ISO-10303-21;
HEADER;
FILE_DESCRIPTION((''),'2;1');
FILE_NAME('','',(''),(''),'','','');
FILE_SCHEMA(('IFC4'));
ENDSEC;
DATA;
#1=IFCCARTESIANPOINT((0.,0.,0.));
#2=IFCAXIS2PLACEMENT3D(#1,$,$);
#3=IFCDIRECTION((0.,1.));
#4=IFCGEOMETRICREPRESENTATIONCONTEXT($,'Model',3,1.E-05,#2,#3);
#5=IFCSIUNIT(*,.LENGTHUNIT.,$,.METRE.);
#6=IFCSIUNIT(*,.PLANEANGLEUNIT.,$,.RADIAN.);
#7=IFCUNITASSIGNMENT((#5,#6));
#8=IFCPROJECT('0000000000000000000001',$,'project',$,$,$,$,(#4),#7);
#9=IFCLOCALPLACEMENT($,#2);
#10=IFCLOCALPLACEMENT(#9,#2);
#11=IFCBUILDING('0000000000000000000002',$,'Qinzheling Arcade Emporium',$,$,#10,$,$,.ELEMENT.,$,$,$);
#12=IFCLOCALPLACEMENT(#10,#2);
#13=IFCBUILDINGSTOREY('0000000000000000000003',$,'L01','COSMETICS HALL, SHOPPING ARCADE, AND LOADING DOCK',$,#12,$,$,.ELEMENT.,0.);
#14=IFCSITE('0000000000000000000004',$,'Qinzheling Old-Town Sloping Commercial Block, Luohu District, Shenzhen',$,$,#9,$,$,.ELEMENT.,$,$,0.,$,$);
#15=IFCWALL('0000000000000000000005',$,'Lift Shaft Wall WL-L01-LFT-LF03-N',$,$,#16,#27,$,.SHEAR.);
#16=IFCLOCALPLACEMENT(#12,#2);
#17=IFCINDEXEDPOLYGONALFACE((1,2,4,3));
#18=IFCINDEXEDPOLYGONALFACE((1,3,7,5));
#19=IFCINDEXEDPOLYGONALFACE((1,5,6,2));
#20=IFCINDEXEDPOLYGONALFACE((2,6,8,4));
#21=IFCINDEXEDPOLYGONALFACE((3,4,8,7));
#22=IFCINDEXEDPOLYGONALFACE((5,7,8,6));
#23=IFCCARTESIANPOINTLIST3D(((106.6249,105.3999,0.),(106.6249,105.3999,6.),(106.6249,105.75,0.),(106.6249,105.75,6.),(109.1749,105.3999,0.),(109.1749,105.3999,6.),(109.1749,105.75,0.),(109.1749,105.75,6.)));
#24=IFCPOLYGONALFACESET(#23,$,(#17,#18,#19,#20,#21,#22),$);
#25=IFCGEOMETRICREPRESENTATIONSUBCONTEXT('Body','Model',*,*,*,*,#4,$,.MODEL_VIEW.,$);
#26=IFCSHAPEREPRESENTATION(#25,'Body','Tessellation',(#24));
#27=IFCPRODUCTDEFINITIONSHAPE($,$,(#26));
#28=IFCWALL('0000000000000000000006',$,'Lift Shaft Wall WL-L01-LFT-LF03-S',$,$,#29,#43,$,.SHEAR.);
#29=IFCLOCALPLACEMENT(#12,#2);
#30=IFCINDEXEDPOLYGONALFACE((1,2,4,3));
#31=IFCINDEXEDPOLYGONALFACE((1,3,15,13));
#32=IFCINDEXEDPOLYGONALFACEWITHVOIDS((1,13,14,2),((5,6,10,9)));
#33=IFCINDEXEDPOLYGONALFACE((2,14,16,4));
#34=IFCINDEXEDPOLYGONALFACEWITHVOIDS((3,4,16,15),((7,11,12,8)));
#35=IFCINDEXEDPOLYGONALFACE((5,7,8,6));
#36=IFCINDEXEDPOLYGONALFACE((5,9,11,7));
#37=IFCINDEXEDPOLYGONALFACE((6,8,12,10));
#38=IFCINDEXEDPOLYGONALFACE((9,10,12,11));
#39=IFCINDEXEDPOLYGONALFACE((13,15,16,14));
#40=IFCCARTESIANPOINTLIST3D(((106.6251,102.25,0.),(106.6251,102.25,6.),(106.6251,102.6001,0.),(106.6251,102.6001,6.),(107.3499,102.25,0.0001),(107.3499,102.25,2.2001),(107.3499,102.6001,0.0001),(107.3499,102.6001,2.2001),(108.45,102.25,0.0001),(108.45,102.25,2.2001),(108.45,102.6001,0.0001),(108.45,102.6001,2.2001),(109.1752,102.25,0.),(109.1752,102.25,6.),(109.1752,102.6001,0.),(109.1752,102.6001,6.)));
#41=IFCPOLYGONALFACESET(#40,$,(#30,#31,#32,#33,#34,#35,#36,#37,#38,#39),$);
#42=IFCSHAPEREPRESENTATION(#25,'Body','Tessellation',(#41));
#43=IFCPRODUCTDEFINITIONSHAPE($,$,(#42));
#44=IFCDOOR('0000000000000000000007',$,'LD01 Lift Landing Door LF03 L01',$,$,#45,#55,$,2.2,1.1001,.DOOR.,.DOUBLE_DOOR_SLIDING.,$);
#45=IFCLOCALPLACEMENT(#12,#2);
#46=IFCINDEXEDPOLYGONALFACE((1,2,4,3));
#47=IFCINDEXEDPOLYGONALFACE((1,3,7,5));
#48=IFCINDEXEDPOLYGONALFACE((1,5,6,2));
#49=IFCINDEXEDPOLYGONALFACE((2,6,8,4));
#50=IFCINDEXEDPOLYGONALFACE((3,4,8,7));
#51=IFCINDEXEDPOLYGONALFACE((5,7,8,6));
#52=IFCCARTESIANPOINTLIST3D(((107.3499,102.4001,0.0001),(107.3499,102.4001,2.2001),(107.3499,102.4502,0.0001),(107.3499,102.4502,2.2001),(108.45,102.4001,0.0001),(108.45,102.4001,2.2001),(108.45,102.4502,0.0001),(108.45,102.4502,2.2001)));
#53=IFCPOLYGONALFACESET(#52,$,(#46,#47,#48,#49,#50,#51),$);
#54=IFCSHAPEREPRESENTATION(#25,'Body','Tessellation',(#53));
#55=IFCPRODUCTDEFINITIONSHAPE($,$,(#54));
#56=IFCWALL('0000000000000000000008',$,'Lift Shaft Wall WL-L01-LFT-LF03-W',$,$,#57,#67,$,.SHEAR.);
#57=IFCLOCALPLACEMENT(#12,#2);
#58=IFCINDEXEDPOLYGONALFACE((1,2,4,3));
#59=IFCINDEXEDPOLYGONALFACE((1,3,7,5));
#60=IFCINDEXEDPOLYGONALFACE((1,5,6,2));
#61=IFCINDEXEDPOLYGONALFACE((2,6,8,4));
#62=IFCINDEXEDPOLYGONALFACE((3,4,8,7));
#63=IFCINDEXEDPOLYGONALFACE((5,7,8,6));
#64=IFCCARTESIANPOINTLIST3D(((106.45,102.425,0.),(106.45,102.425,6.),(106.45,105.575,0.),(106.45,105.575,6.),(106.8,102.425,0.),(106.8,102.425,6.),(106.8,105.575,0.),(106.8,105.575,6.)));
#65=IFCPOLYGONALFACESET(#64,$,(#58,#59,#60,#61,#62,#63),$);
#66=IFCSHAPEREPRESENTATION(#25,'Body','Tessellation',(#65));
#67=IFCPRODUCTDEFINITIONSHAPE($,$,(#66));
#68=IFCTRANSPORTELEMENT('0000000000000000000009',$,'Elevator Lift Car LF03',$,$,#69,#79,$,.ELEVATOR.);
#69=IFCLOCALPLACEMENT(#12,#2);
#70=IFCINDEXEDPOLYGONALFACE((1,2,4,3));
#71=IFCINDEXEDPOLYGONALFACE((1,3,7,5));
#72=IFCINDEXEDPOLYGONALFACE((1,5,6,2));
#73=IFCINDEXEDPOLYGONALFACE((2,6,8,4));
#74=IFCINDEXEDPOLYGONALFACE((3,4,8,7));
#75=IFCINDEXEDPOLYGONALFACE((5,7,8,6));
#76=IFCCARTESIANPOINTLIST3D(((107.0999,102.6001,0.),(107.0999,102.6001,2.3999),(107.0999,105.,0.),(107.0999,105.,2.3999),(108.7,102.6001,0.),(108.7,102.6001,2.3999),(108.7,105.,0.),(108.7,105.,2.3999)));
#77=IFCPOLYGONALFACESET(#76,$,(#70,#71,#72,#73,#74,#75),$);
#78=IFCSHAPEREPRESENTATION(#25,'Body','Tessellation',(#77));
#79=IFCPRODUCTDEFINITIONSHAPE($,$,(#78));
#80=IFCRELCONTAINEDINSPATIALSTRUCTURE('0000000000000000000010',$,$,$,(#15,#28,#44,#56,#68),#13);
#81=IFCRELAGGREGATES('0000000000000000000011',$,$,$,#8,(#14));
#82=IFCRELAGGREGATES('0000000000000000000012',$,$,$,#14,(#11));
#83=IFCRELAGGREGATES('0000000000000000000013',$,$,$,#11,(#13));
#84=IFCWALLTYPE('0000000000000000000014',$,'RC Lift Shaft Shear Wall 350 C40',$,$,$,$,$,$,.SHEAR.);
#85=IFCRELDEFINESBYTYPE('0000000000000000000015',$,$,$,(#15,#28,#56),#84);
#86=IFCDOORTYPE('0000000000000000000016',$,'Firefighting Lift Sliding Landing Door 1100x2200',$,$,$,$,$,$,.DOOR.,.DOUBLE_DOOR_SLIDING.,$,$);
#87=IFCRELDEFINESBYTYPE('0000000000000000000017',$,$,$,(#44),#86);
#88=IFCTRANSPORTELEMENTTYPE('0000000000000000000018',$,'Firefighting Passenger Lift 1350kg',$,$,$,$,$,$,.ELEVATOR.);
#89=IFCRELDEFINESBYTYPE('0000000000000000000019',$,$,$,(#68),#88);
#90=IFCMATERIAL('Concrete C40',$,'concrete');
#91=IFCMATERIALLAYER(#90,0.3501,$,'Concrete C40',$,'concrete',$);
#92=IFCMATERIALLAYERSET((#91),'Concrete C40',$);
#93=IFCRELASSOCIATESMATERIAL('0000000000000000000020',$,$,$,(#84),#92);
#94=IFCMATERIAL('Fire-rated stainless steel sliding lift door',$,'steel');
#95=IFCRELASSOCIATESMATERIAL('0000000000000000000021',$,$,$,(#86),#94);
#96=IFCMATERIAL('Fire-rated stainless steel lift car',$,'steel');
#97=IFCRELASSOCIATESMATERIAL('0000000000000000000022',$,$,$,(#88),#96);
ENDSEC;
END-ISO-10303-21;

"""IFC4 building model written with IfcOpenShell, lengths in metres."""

from ifc_helpers import new_model, si_unit, direction, frame, frame_2d, origin, origin_2d, place, context, subcontext, project, spatial, rectangle, extrude, material, layer, layer_set, type_object, element, fill, save


model = new_model("IFC4")

# Units and contexts
model_context = context("Model", 3, precision=1e-05, world=origin(), true_north=direction((0.0, 1.0)))
body_context = subcontext(model_context, "Body", "Model", "MODEL_VIEW")
ifc_project = project(units=[si_unit("LENGTHUNIT", "METRE"), si_unit("PLANEANGLEUNIT", "RADIAN")], contexts=[model_context])

# Site, building, storey
site_placement = place(None, origin())
site = spatial("IfcSite", under=ifc_project, at=site_placement, Name="Qinzheling Old-Town Sloping Commercial Block, Luohu District, Shenzhen", CompositionType="ELEMENT", RefElevation=0.0)
building_placement = place(site_placement, origin())
building = spatial("IfcBuilding", under=site, at=building_placement, Name="Qinzheling Arcade Emporium", CompositionType="ELEMENT")
storey_placement = place(building_placement, origin())
storey = spatial("IfcBuildingStorey", under=building, at=storey_placement, Name="L01", Description="COSMETICS HALL, SHOPPING ARCADE, AND LOADING DOCK", CompositionType="ELEMENT", Elevation=0.0)

# Shared definitions
ifc_material_1 = material(Name="Concrete C40", Category="concrete")

# Wall
ifc_layer_1 = layer(ifc_material_1, 0.3501, Name="Concrete C40", Category="concrete")
ifc_layer_set_1 = layer_set([ifc_layer_1], Name="Concrete C40")
wall_type_1 = type_object("IfcWallType", Name="RC Lift Shaft Shear Wall 350 C40", PredefinedType="SHEAR", material=ifc_layer_set_1)
wall_1_placement = place(storey_placement, frame((106.625, 105.575, 0.0), z_axis=(0.0, 0.0, 1.0), x_axis=(1.0, 0.0, 0.0)))
element("IfcWall", 1, at=wall_1_placement, inside=storey, type_object=wall_type_1, Name="Lift Shaft Wall WL-L01-LFT-LF03-N", PredefinedType="SHEAR", context=body_context, shape_type="SweptSolid", body=[
    extrude(rectangle(XDim=2.55, YDim=0.3501, at=frame_2d((1.2749, 0.0))), origin(), (0.0, 0.0, 1.0), 6.0),
])

# Wall, opening, door
wall_2_placement = place(storey_placement, frame((109.175, 102.425, 0.0), z_axis=(0.0, 0.0, 1.0), x_axis=(-1.0, 0.0, 0.0)))
wall_2 = element("IfcWall", 2, at=wall_2_placement, inside=storey, type_object=wall_type_1, Name="Lift Shaft Wall WL-L01-LFT-LF03-S", PredefinedType="SHEAR", context=body_context, shape_type="SweptSolid", body=[
    extrude(rectangle(XDim=2.55, YDim=0.3501, at=frame_2d((1.2749, 0.0))), origin(), (0.0, 0.0, 1.0), 6.0),
])
opening_1_placement = place(wall_2_placement, frame((0.7251, 0.0, 0.0)))
opening_1 = element("IfcOpeningElement", 3, at=opening_1_placement, cuts=wall_2, PredefinedType="OPENING", context=body_context, shape_type="SweptSolid", body=[
    extrude(rectangle(XDim=1.1001, YDim=2.2, at=frame_2d((0.55, 1.1001))), frame((0.0, 0.1851, 0.0), z_axis=(0.0, -1.0, 0.0), x_axis=(1.0, 0.0, 0.0)), (0.0, 0.0, 1.0), 0.3701),
])
ifc_material_2 = material(Name="Fire-rated stainless steel sliding lift door", Category="steel")
door_type_1 = type_object("IfcDoorType", Name="Firefighting Lift Sliding Landing Door 1100x2200", OperationType="DOUBLE_DOOR_SLIDING", PredefinedType="DOOR", material=ifc_material_2)
door_1_placement = place(opening_1_placement, origin())
door_1 = element("IfcDoor", 4, at=door_1_placement, inside=storey, type_object=door_type_1, Name="LD01 Lift Landing Door LF03 L01", OperationType="DOUBLE_DOOR_SLIDING", OverallHeight=2.2, OverallWidth=1.1001, PredefinedType="DOOR", context=body_context, shape_type="SweptSolid", body=[
    extrude(rectangle(XDim=1.1001, YDim=2.2, at=frame_2d((0.55, 1.1001))), frame((0.0, 0.0249, 0.0), z_axis=(0.0, -1.0, 0.0), x_axis=(1.0, 0.0, 0.0)), (0.0, 0.0, 1.0), 0.05),
])
fill(opening_1, door_1)

# Wall
wall_3_placement = place(storey_placement, frame((106.625, 102.425, 0.0), z_axis=(0.0, 0.0, 1.0), x_axis=(0.0, 1.0, 0.0)))
element("IfcWall", 5, at=wall_3_placement, inside=storey, type_object=wall_type_1, Name="Lift Shaft Wall WL-L01-LFT-LF03-W", PredefinedType="SHEAR", context=body_context, shape_type="SweptSolid", body=[
    extrude(rectangle(XDim=3.1499, YDim=0.3501, at=frame_2d((1.575, 0.0))), origin(), (0.0, 0.0, 1.0), 6.0),
])

# Transport element
ifc_material_3 = material(Name="Fire-rated stainless steel lift car", Category="steel")
transport_element_type = type_object("IfcTransportElementType", Name="Firefighting Passenger Lift 1350kg", PredefinedType="ELEVATOR", material=ifc_material_3)
transport_element_placement = place(storey_placement, frame((107.8999, 103.8, 0.0), z_axis=(0.0, 0.0, 1.0), x_axis=(1.0, 0.0, 0.0)))
element("IfcTransportElement", 6, at=transport_element_placement, inside=storey, type_object=transport_element_type, Name="Elevator Lift Car LF03", PredefinedType="ELEVATOR", context=body_context, shape_type="SweptSolid", body=[
    extrude(rectangle(XDim=1.6001, YDim=2.3999, at=origin_2d()), origin(), (0.0, 0.0, 1.0), 2.3999),
])

save(model, "model.ifc")
